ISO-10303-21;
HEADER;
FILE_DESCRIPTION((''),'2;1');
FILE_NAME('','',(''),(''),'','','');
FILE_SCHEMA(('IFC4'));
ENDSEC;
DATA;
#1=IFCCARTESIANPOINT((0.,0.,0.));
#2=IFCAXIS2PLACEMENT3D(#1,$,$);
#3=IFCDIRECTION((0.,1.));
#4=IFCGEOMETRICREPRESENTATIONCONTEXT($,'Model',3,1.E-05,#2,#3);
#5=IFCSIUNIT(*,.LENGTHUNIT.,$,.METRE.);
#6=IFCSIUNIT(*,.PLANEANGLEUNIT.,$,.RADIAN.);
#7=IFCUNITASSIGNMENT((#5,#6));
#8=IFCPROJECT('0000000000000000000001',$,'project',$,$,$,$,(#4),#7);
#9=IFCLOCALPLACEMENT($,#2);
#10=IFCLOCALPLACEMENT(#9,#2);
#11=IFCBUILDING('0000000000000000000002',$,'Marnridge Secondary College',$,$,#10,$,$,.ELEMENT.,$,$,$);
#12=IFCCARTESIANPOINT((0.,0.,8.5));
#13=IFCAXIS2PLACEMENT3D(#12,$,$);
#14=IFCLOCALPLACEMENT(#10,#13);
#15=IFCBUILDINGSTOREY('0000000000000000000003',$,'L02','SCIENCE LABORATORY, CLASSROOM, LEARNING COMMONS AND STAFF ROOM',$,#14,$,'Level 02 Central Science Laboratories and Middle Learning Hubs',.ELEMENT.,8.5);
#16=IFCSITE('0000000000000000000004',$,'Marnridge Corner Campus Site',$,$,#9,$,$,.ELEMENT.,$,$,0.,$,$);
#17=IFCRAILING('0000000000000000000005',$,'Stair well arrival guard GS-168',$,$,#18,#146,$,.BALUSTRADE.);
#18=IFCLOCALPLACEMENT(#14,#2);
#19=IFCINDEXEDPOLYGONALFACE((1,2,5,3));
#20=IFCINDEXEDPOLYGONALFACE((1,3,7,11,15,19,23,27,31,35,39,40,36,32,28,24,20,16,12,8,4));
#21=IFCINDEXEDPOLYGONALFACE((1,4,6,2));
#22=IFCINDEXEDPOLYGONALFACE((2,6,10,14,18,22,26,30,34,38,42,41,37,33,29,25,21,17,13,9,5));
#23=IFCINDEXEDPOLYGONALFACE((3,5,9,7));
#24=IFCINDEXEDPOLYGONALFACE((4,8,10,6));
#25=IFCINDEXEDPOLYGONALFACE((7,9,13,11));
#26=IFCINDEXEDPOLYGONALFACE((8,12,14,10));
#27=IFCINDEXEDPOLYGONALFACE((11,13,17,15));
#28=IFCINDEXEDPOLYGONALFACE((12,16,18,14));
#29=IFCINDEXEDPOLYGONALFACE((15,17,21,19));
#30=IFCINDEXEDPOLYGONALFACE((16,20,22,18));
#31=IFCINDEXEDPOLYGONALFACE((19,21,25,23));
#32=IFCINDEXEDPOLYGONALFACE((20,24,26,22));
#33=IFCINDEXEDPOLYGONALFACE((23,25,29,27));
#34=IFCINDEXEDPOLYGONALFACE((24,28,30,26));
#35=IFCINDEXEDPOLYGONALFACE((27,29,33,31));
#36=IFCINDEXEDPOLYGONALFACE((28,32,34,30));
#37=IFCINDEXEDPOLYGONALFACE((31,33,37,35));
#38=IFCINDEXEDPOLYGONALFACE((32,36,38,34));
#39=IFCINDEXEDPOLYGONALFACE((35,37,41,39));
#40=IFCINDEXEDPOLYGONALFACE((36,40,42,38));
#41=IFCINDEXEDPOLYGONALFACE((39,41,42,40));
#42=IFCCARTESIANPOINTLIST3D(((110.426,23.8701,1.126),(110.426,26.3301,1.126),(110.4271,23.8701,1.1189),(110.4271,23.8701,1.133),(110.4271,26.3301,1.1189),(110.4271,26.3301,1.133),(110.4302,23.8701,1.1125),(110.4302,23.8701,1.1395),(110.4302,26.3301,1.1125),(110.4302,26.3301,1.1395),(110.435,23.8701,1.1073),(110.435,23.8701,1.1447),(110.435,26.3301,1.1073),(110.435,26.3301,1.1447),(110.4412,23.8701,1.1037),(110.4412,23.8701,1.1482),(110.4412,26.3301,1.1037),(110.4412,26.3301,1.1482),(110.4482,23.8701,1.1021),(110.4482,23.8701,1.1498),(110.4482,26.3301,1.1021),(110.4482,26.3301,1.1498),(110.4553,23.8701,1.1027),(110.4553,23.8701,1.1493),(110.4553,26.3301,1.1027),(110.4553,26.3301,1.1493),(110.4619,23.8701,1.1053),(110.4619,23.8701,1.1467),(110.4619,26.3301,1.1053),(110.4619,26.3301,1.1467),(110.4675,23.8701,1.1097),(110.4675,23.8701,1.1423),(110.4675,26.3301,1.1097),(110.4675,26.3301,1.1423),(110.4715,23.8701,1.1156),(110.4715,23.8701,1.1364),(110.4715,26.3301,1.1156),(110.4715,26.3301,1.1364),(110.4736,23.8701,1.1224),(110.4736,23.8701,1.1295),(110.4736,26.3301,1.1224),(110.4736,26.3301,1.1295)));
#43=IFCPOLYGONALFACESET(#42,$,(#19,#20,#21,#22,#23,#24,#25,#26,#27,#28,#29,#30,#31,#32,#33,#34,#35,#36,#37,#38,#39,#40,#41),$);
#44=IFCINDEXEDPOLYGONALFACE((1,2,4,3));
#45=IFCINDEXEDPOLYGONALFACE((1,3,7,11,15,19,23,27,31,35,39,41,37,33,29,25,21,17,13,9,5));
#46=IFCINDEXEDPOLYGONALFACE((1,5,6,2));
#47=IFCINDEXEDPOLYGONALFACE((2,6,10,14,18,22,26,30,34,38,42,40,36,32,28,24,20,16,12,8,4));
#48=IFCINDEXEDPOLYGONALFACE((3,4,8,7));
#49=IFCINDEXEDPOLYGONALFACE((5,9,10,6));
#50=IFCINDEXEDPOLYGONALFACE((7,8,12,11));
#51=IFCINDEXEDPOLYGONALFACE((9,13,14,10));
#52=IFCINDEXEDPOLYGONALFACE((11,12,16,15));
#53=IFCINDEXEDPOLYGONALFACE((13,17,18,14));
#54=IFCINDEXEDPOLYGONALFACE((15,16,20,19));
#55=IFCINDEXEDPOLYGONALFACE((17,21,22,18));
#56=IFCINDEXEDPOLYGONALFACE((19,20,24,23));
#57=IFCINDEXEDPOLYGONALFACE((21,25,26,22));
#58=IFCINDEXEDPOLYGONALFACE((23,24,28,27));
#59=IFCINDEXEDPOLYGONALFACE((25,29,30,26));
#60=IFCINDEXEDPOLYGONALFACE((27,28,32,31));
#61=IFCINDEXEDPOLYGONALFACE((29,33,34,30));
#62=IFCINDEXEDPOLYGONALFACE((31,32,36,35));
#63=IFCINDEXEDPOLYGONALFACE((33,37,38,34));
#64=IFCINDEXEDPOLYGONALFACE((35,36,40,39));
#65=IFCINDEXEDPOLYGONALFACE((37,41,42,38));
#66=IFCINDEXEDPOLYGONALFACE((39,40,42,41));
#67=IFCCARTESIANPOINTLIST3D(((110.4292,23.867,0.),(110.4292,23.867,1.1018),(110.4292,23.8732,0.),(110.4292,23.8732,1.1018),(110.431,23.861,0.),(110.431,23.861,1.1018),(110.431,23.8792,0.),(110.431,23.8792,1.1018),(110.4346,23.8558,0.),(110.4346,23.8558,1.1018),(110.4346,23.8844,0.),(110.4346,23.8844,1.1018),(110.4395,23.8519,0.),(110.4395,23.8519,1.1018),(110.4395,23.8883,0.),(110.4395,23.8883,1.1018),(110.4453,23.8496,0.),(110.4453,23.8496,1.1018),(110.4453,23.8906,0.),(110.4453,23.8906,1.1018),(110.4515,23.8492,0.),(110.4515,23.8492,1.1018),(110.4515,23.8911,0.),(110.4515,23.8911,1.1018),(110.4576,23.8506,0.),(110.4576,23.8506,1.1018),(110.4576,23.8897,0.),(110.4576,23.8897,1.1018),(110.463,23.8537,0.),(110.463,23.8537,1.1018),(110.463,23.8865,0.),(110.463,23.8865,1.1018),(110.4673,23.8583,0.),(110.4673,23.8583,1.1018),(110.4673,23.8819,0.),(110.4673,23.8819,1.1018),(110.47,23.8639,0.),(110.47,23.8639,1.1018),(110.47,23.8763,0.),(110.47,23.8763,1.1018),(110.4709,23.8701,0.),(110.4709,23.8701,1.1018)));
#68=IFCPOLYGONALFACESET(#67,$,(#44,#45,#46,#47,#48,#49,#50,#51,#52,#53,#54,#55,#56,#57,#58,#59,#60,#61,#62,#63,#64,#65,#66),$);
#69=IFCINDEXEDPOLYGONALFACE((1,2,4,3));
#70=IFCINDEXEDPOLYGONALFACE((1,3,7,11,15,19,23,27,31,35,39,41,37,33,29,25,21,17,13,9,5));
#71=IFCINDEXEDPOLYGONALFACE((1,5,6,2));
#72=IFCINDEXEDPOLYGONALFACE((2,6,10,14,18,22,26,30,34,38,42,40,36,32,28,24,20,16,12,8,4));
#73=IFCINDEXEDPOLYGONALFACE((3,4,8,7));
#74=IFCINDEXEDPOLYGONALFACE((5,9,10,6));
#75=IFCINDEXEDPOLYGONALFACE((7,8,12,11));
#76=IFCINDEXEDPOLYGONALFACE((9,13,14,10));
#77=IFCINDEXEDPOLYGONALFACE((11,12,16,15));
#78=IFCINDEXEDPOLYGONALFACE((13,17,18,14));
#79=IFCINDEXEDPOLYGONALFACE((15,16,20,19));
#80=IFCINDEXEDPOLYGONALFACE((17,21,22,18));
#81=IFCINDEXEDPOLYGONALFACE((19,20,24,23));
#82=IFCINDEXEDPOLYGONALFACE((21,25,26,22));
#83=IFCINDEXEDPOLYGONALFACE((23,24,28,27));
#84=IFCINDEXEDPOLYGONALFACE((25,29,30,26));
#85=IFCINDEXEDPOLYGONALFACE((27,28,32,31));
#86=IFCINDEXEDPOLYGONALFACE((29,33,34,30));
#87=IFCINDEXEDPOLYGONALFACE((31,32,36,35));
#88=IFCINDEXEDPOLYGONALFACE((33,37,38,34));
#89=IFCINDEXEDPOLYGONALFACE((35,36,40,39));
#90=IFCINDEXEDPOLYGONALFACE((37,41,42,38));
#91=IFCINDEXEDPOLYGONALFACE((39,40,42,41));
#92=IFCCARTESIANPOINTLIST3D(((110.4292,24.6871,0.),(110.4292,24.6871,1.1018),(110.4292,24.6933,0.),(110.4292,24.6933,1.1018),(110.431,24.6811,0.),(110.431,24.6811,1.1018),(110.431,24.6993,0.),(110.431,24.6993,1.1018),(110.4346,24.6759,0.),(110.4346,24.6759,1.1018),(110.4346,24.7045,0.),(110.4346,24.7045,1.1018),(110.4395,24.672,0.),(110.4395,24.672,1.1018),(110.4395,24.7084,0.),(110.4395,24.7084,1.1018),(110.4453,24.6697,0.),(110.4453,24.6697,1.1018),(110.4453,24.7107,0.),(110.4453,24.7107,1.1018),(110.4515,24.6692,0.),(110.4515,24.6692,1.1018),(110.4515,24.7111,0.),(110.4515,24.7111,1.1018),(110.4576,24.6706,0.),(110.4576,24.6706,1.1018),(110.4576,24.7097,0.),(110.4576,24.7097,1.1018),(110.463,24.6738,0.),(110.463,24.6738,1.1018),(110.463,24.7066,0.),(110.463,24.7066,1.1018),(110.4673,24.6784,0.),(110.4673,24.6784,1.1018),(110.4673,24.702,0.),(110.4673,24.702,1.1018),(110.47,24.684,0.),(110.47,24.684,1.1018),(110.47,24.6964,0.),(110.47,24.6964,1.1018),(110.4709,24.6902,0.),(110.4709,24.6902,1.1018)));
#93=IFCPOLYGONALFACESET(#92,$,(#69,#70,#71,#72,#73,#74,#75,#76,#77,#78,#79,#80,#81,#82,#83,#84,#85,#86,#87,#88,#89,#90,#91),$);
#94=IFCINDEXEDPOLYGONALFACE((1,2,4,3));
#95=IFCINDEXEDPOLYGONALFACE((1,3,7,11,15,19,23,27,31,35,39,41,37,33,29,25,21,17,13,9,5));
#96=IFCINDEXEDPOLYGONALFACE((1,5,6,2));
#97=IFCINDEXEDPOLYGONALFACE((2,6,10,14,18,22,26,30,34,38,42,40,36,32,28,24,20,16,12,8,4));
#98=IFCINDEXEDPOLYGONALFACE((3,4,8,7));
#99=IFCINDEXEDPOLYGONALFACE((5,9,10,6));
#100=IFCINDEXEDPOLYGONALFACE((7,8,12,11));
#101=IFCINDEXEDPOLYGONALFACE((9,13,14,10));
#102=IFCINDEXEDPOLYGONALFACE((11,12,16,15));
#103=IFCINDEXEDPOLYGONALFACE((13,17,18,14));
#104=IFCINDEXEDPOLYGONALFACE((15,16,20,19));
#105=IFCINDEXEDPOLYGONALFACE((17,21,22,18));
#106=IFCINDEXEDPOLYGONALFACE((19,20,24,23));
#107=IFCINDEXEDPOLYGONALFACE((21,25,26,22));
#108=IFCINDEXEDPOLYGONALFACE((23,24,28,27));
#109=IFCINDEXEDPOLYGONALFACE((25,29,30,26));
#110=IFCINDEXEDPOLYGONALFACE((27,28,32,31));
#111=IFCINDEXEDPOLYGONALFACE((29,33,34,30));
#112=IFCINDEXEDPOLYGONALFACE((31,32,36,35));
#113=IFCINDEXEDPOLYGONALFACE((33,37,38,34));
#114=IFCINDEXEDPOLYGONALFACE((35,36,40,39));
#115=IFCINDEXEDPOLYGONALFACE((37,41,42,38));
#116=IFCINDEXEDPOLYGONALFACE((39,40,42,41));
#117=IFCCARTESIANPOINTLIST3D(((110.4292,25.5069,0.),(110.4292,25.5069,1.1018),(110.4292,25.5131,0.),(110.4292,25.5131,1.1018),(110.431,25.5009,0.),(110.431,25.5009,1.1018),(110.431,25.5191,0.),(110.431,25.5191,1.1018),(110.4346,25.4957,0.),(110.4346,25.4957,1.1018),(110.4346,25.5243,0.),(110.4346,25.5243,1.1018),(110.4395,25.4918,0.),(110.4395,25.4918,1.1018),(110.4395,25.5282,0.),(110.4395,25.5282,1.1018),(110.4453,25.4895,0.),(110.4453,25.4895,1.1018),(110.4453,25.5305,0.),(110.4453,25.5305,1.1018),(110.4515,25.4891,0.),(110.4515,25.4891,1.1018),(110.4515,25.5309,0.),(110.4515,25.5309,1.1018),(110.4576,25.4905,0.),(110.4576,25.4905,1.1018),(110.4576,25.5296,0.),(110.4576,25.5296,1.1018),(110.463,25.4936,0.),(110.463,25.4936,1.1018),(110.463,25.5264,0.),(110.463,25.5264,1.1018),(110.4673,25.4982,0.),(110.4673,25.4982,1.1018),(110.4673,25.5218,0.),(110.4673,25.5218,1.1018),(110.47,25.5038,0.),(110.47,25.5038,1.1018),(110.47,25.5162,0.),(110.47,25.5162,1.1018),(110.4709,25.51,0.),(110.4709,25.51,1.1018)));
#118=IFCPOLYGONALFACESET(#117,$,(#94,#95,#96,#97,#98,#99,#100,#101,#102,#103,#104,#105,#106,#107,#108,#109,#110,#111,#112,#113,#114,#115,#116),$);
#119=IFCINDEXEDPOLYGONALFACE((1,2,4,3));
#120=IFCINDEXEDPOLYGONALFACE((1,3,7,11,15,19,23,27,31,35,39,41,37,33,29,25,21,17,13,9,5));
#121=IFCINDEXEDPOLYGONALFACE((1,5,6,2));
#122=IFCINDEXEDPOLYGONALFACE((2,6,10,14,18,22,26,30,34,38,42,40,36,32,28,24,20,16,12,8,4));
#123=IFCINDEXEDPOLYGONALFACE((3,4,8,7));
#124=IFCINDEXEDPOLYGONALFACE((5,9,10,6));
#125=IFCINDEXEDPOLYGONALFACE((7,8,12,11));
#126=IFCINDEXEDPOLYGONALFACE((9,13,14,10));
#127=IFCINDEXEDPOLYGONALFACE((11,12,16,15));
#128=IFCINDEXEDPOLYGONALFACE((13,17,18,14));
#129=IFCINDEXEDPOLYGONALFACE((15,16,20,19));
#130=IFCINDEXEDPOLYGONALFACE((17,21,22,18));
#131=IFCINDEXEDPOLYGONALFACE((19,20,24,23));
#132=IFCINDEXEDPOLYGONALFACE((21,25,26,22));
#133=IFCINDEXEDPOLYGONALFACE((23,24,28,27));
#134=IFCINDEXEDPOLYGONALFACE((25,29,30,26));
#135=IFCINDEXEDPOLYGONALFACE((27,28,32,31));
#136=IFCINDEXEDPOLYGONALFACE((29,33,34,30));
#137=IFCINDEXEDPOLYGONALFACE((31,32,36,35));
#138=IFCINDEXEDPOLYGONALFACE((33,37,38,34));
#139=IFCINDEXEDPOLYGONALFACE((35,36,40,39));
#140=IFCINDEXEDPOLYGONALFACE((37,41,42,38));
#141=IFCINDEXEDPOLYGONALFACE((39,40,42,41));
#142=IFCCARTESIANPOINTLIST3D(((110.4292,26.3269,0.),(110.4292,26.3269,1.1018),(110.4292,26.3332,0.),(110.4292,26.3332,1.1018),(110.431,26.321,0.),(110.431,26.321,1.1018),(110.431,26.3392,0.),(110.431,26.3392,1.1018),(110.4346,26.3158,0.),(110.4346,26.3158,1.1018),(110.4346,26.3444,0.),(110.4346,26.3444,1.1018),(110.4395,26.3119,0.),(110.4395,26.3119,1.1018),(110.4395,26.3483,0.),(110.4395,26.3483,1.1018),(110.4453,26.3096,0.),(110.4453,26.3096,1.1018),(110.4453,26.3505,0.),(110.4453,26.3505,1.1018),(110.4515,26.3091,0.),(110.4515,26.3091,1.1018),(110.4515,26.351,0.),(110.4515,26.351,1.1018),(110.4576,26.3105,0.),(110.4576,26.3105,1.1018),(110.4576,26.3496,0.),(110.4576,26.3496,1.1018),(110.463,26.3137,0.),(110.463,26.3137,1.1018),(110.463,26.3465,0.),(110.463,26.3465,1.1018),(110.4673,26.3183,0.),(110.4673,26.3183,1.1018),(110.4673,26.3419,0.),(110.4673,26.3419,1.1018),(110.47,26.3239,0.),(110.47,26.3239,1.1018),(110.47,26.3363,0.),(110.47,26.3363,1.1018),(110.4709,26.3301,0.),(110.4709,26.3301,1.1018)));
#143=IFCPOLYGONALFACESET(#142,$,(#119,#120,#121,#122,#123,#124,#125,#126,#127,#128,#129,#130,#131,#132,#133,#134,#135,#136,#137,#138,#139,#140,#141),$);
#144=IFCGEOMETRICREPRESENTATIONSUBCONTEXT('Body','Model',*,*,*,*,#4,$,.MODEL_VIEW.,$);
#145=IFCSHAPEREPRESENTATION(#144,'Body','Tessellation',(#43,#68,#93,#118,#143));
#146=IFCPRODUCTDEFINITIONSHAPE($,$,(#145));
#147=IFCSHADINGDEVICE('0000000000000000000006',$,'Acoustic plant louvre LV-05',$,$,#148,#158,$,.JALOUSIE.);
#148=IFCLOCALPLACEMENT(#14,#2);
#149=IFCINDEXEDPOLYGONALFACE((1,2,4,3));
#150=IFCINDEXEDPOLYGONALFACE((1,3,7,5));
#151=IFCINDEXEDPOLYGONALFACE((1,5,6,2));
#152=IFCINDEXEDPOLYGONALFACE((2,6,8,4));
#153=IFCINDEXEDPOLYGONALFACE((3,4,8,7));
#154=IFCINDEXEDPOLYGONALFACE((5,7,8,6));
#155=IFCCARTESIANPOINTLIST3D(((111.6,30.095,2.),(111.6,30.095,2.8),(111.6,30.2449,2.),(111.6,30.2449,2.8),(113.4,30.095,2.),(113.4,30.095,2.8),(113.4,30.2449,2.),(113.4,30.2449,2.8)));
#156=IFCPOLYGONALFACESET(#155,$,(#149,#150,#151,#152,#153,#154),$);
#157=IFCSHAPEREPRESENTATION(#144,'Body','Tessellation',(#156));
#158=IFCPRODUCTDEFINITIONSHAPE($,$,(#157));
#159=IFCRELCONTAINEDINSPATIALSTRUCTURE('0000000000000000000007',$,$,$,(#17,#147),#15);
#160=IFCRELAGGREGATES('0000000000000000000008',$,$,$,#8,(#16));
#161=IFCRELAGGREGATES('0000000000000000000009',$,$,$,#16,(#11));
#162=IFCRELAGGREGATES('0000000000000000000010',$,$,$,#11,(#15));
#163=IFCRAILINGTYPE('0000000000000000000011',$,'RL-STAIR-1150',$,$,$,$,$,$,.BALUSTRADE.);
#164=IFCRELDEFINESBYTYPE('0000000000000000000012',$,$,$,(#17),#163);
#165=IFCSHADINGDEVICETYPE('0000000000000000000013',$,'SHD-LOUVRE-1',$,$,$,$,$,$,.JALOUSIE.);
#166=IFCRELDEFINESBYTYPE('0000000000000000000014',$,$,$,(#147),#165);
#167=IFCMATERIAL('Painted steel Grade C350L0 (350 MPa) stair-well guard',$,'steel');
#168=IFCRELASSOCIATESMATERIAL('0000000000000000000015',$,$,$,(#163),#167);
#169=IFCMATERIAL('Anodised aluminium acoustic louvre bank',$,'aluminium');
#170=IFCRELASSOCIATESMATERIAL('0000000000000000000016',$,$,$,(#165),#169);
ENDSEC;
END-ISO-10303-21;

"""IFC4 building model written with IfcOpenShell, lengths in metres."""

from ifc_helpers import new_model, si_unit, direction, frame, origin, origin_2d, place, context, subcontext, project, spatial, rectangle, circle, extrude, material, type_object, element, save


model = new_model("IFC4")

# Units and contexts
model_context = context("Model", 3, precision=1e-05, world=origin(), true_north=direction((0.0, 1.0)))
body_context = subcontext(model_context, "Body", "Model", "MODEL_VIEW")
ifc_project = project(units=[si_unit("LENGTHUNIT", "METRE"), si_unit("PLANEANGLEUNIT", "RADIAN")], contexts=[model_context])

# Site, building, storey
site_placement = place(None, origin())
site = spatial("IfcSite", under=ifc_project, at=site_placement, Name="Marnridge Corner Campus Site", CompositionType="ELEMENT", RefElevation=0.0)
building_placement = place(site_placement, origin())
building = spatial("IfcBuilding", under=site, at=building_placement, Name="Marnridge Secondary College", CompositionType="ELEMENT")
storey_placement = place(building_placement, frame((0.0, 0.0, 8.5)))
storey = spatial("IfcBuildingStorey", under=building, at=storey_placement, Name="L02", Description="SCIENCE LABORATORY, CLASSROOM, LEARNING COMMONS AND STAFF ROOM", LongName="Level 02 Central Science Laboratories and Middle Learning Hubs", CompositionType="ELEMENT", Elevation=8.5)

# Railing
ifc_material_1 = material(Name="Painted steel Grade C350L0 (350 MPa) stair-well guard", Category="steel")
railing_type = type_object("IfcRailingType", Name="RL-STAIR-1150", PredefinedType="BALUSTRADE", material=ifc_material_1)
railing_placement = place(storey_placement, frame((110.45, 23.8701, 0.0)))
element("IfcRailing", 1, at=railing_placement, inside=storey, type_object=railing_type, Name="Stair well arrival guard GS-168", PredefinedType="BALUSTRADE", context=body_context, shape_type="SweptSolid", body=[
    extrude(circle(Radius=0.0239, at=origin_2d()), frame((0.0, 0.0, 1.126), z_axis=(0.0, 1.0, 0.0), x_axis=(-1.0, 0.0, 0.0)), (0.0, 0.0, 1.0), 2.46),
    extrude(circle(Radius=0.021, at=origin_2d()), origin(), (0.0, 0.0, 1.0), 1.1018),
    extrude(circle(Radius=0.021, at=origin_2d()), frame((0.0, 0.8201, 0.0)), (0.0, 0.0, 1.0), 1.1018),
    extrude(circle(Radius=0.021, at=origin_2d()), frame((0.0, 1.6399, 0.0)), (0.0, 0.0, 1.0), 1.1018),
    extrude(circle(Radius=0.021, at=origin_2d()), frame((0.0, 2.46, 0.0)), (0.0, 0.0, 1.0), 1.1018),
])

# Shading device
ifc_material_2 = material(Name="Anodised aluminium acoustic louvre bank", Category="aluminium")
shading_device_type = type_object("IfcShadingDeviceType", Name="SHD-LOUVRE-1", PredefinedType="JALOUSIE", material=ifc_material_2)
shading_device_placement = place(storey_placement, frame((112.5, 30.1699, 2.0), z_axis=(0.0, 0.0, 1.0), x_axis=(1.0, 0.0, 0.0)))
element("IfcShadingDevice", 2, at=shading_device_placement, inside=storey, type_object=shading_device_type, Name="Acoustic plant louvre LV-05", PredefinedType="JALOUSIE", context=body_context, shape_type="SweptSolid", body=[
    extrude(rectangle(XDim=1.8, YDim=0.1499, at=origin_2d()), origin(), (0.0, 0.0, 1.0), 0.8),
])

save(model, "model.ifc")
